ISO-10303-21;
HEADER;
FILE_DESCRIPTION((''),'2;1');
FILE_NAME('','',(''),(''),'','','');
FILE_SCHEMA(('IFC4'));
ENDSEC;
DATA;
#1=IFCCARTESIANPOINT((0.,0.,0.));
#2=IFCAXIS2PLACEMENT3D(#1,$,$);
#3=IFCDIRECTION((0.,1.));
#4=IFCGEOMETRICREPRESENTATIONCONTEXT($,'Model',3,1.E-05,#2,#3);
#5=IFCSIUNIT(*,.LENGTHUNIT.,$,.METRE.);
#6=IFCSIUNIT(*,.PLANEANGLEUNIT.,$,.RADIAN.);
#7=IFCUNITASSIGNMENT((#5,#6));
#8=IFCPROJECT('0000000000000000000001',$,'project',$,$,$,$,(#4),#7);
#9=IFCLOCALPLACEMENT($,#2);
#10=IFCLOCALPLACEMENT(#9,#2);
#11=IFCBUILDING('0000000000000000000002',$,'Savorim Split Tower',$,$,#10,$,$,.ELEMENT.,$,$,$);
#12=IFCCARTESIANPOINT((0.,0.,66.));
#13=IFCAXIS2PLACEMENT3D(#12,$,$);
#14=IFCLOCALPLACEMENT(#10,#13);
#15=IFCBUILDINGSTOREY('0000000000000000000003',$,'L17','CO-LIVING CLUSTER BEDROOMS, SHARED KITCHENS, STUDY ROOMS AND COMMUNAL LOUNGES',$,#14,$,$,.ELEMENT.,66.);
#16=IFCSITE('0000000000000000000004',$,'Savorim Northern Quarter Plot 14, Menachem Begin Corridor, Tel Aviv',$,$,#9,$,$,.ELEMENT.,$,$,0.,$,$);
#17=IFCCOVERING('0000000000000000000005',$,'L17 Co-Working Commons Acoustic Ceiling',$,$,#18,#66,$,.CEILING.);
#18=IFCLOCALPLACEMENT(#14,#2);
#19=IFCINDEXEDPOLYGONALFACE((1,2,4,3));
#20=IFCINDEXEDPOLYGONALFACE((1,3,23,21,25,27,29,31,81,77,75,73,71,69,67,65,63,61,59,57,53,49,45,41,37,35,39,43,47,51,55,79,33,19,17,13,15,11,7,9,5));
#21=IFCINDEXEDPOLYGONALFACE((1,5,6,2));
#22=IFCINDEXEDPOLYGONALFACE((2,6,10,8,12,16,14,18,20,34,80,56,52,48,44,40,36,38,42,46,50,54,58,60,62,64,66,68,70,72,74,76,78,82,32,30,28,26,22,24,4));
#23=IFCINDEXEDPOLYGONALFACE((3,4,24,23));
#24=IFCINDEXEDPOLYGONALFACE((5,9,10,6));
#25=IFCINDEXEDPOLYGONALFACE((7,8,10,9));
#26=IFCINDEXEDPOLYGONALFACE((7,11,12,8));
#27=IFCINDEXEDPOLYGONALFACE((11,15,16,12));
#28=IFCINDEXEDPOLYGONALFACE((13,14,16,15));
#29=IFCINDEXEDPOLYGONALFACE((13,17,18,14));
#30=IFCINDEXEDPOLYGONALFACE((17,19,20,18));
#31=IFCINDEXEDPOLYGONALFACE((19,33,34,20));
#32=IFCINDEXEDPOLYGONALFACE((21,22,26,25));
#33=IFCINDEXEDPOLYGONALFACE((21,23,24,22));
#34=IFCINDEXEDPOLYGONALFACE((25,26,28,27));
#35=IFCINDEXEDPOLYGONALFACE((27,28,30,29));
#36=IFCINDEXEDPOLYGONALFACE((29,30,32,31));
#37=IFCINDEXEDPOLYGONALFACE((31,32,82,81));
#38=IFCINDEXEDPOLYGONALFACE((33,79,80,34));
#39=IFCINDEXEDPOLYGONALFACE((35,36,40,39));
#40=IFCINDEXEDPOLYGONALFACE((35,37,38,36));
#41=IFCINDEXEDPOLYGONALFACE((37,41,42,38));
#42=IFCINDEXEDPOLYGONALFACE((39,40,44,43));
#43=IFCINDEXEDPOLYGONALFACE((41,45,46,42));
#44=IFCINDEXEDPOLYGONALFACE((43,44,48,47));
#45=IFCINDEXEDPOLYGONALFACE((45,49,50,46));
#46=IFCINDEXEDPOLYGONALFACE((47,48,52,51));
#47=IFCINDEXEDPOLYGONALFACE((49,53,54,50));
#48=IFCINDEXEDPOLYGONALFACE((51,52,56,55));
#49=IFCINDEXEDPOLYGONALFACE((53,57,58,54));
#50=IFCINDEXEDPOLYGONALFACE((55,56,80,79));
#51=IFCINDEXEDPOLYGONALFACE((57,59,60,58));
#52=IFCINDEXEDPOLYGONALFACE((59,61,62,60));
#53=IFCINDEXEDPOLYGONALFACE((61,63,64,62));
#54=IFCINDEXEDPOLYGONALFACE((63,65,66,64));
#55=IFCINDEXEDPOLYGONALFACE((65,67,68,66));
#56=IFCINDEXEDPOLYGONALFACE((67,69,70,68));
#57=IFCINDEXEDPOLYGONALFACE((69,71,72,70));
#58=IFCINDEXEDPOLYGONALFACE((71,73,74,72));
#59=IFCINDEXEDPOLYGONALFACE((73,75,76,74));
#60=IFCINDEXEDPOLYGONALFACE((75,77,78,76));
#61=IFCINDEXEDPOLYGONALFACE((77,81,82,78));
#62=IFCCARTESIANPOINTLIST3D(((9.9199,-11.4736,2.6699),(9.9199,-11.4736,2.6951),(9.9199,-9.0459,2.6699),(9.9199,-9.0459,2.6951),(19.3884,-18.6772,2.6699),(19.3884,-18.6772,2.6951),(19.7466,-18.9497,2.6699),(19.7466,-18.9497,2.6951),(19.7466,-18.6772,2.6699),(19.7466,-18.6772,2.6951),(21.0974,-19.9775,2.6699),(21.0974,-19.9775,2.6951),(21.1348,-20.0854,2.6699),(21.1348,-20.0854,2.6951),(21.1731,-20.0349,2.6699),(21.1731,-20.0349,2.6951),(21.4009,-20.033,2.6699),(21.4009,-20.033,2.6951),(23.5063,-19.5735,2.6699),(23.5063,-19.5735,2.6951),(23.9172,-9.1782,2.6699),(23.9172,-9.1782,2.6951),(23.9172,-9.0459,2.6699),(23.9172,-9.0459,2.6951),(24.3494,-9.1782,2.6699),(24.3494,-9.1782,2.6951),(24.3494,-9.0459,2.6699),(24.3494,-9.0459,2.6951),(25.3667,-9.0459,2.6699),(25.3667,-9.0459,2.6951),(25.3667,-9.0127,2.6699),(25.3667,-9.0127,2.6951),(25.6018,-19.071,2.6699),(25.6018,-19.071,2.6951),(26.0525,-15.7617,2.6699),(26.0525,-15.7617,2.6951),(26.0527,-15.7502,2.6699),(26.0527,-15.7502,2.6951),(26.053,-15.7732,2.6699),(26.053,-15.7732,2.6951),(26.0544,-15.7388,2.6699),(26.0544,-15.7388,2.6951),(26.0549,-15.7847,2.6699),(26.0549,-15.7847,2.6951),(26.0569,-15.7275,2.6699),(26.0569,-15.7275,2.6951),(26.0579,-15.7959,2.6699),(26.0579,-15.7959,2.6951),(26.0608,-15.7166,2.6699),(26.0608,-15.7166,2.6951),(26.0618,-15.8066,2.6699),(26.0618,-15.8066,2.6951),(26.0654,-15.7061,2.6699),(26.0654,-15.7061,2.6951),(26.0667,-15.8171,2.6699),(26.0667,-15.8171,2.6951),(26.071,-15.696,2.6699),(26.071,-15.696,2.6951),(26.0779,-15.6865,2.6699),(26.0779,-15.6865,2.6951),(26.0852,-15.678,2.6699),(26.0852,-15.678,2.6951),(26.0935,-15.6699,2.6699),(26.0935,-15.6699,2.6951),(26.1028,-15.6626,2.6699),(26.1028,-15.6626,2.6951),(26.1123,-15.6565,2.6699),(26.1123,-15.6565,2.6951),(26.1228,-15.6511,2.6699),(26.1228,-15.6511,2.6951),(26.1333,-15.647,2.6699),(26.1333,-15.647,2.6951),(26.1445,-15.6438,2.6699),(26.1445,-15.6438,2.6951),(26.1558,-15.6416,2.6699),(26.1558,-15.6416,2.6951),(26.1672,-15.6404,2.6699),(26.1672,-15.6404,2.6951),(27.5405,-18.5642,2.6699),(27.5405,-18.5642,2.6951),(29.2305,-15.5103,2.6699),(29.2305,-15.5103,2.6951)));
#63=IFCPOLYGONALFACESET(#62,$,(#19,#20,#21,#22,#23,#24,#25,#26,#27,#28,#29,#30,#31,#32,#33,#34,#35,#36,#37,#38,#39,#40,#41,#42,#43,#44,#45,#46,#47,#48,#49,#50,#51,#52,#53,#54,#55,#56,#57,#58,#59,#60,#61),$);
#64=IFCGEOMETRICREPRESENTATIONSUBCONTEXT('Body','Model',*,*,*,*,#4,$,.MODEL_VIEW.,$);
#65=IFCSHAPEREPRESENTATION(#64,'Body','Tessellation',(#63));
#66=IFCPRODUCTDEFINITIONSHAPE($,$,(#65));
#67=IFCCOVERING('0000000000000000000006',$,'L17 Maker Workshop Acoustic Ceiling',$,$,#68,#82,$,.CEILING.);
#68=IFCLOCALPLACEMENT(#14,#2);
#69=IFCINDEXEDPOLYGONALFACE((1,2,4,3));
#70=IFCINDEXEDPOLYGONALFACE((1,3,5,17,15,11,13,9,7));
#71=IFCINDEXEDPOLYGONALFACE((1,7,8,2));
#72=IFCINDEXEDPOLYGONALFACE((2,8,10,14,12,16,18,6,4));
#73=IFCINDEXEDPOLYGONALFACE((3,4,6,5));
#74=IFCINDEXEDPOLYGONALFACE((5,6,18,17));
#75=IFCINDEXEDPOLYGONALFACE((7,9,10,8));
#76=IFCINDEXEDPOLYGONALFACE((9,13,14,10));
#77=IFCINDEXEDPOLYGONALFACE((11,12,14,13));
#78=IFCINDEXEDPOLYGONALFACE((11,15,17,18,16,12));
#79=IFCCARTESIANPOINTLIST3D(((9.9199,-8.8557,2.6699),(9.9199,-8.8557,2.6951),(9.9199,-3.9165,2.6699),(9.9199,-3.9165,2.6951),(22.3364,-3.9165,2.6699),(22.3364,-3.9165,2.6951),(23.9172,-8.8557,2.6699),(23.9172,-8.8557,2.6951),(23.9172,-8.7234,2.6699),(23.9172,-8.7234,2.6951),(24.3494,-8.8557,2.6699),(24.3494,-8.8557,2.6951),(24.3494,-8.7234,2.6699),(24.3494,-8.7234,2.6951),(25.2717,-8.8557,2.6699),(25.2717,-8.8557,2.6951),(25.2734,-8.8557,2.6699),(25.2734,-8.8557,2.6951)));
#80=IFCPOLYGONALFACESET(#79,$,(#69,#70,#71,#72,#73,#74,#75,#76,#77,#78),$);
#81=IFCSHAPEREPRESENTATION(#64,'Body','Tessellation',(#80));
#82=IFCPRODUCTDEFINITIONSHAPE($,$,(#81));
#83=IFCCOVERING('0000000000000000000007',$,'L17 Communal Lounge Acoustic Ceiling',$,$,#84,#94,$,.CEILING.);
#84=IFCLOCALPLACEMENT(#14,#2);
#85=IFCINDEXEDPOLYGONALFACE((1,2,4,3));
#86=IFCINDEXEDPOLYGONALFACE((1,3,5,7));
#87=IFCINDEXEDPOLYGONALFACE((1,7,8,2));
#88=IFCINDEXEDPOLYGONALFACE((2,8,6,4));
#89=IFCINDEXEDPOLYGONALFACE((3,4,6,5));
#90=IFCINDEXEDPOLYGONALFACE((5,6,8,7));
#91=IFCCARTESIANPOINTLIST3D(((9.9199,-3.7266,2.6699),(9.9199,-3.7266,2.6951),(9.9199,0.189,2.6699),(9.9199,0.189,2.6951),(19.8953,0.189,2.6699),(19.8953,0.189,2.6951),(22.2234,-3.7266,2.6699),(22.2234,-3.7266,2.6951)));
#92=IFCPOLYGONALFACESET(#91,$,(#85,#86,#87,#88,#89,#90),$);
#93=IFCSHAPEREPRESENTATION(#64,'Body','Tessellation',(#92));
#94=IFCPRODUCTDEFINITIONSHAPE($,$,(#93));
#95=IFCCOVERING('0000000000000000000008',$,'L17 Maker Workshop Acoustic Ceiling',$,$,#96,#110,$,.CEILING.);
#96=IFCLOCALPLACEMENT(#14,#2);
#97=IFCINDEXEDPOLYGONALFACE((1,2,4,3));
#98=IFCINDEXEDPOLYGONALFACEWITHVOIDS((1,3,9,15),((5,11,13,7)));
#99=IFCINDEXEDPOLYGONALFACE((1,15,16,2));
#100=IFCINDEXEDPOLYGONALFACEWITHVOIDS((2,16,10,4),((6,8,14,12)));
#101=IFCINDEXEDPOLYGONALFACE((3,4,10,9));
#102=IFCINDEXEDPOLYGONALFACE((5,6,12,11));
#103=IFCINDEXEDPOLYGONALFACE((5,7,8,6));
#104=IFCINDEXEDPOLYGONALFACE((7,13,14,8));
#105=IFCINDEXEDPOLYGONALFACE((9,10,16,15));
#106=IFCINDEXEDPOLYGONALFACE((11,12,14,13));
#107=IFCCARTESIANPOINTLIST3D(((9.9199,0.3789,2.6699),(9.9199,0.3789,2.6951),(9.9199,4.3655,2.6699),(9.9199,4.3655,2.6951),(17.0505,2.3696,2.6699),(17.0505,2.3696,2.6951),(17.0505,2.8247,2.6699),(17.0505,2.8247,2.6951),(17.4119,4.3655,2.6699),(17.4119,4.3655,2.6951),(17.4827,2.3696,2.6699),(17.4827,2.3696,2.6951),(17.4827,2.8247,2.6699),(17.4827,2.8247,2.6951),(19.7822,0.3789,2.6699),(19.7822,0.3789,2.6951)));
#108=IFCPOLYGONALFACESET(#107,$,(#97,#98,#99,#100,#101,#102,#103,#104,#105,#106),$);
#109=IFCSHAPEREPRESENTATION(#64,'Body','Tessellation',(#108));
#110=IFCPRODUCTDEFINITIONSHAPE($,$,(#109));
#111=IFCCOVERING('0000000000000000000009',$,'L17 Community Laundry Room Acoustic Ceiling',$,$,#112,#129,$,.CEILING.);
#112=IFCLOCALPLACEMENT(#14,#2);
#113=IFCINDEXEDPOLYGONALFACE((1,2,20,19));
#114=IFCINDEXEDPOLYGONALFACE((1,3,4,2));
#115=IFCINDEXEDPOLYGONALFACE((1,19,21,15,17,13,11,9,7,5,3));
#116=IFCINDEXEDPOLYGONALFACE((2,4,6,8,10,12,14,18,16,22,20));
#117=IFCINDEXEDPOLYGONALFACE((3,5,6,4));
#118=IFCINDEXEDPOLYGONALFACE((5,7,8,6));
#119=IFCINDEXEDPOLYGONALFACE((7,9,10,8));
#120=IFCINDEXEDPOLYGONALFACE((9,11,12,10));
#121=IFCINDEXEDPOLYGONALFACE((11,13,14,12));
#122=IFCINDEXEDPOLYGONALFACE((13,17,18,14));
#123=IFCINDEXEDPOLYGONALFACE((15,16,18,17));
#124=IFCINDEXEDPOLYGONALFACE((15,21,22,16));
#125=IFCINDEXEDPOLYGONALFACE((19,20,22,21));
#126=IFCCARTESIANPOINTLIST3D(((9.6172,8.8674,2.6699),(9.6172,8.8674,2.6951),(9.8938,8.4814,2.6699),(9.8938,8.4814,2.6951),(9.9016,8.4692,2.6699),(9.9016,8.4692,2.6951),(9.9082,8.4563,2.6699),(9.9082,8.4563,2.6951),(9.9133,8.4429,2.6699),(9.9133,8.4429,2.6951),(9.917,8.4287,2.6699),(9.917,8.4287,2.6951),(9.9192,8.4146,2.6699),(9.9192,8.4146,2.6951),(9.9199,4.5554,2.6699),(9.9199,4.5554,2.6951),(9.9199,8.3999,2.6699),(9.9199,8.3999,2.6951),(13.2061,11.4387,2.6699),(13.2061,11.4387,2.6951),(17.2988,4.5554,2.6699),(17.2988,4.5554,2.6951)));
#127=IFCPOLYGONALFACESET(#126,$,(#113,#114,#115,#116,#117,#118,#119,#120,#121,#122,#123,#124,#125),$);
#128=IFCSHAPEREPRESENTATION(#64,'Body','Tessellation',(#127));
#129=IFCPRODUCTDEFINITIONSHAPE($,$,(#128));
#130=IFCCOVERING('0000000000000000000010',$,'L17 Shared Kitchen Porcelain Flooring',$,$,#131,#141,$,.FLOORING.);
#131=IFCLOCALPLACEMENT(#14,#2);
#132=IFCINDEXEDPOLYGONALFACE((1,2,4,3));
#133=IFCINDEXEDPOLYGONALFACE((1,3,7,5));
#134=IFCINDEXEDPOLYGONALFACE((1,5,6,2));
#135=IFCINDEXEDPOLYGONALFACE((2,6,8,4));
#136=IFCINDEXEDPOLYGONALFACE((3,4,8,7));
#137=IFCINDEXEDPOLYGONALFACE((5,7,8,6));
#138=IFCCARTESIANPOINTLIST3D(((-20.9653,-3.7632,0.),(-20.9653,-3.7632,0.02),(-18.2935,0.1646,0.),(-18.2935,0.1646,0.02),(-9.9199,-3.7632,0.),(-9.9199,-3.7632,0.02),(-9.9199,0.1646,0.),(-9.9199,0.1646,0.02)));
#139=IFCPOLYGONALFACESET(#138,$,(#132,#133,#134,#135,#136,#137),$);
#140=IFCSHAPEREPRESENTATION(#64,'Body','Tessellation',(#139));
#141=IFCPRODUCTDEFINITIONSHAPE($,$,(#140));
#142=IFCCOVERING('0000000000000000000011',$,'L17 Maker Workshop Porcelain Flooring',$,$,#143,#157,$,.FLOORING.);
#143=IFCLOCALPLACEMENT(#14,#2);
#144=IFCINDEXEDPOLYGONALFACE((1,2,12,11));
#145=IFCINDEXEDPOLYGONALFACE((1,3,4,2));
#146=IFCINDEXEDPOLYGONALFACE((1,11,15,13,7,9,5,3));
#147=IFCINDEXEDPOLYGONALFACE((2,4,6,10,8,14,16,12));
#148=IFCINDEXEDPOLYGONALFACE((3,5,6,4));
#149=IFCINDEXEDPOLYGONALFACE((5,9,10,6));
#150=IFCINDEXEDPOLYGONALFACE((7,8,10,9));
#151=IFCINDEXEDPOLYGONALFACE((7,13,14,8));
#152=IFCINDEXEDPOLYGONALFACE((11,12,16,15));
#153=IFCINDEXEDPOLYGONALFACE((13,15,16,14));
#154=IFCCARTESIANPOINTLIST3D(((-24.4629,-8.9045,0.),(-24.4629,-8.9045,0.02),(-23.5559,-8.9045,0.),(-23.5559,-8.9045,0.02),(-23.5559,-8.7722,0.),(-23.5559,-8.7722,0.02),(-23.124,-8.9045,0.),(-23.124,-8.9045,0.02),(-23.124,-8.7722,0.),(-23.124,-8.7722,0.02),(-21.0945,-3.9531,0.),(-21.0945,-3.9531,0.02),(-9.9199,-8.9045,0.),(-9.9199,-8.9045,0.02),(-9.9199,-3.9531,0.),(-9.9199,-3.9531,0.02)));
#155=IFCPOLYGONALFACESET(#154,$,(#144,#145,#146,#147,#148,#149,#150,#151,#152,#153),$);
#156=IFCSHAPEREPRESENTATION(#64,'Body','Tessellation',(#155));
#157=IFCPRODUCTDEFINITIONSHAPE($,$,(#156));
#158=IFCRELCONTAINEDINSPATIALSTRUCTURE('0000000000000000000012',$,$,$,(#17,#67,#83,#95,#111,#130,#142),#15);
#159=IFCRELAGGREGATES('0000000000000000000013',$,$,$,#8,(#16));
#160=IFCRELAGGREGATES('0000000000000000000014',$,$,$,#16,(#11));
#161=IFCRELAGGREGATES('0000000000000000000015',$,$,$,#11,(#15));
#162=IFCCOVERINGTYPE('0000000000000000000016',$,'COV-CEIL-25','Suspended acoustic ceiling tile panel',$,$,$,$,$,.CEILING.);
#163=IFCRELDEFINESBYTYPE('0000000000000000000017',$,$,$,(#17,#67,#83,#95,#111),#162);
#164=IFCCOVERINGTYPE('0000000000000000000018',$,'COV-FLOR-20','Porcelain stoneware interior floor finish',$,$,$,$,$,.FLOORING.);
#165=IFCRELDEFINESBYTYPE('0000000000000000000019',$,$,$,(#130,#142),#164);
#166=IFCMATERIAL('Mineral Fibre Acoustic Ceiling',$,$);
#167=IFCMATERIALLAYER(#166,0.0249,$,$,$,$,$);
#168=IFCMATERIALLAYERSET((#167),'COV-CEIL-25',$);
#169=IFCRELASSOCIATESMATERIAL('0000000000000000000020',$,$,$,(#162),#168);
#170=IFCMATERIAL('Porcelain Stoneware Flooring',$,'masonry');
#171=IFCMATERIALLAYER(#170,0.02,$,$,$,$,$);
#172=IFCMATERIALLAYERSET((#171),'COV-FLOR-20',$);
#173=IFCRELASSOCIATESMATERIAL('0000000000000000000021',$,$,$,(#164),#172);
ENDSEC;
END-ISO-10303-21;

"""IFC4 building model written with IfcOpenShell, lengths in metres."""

from ifc_helpers import new_model, si_unit, direction, frame, origin, place, context, subcontext, project, spatial, polyline, outline, extrude, material, layer, layer_set, type_object, element, save


model = new_model("IFC4")

# Units and contexts
model_context = context("Model", 3, precision=1e-05, world=origin(), true_north=direction((0.0, 1.0)))
body_context = subcontext(model_context, "Body", "Model", "MODEL_VIEW")
ifc_project = project(units=[si_unit("LENGTHUNIT", "METRE"), si_unit("PLANEANGLEUNIT", "RADIAN")], contexts=[model_context])

# Site, building, storey
site_placement = place(None, origin())
site = spatial("IfcSite", under=ifc_project, at=site_placement, Name="Savorim Northern Quarter Plot 14, Menachem Begin Corridor, Tel Aviv", CompositionType="ELEMENT", RefElevation=0.0)
building_placement = place(site_placement, origin())
building = spatial("IfcBuilding", under=site, at=building_placement, Name="Savorim Split Tower", CompositionType="ELEMENT")
storey_placement = place(building_placement, frame((0.0, 0.0, 66.0)))
storey = spatial("IfcBuildingStorey", under=building, at=storey_placement, Name="L17", Description="CO-LIVING CLUSTER BEDROOMS, SHARED KITCHENS, STUDY ROOMS AND COMMUNAL LOUNGES", CompositionType="ELEMENT", Elevation=66.0)

# Coverings
ifc_material_1 = material(Name="Mineral Fibre Acoustic Ceiling")
ifc_layer_1 = layer(ifc_material_1, 0.0249)
ifc_layer_set_1 = layer_set([ifc_layer_1], Name="COV-CEIL-25")
covering_type_1 = type_object("IfcCoveringType", Name="COV-CEIL-25", Description="Suspended acoustic ceiling tile panel", PredefinedType="CEILING", material=ifc_layer_set_1)
covering_1_placement = place(storey_placement, frame((0.0, 0.0, 2.6699)))
element("IfcCovering", 1, at=covering_1_placement, inside=storey, type_object=covering_type_1, Name="L17 Co-Working Commons Acoustic Ceiling", PredefinedType="CEILING", context=body_context, shape_type="SweptSolid", body=[
    extrude(outline(polyline([(26.1445, -15.6438), (26.1558, -15.6416), (26.1672, -15.6404), (29.2305, -15.5103), (25.3667, -9.0127), (25.3667, -9.0459), (24.3494, -9.0459), (24.3494, -9.1782), (23.9172, -9.1782), (23.9172, -9.0459), (9.9199, -9.0459), (9.9199, -11.4736), (19.3884, -18.6772), (19.7466, -18.6772), (19.7466, -18.9497), (21.0974, -19.9775), (21.1731, -20.0349), (21.1348, -20.0854), (21.4009, -20.033), (23.5063, -19.5735), (25.6018, -19.071), (27.5405, -18.5642), (26.0667, -15.8171), (26.0618, -15.8066), (26.0579, -15.7959), (26.0549, -15.7847), (26.053, -15.7732), (26.0525, -15.7617), (26.0527, -15.7502), (26.0544, -15.7388), (26.0569, -15.7275), (26.0608, -15.7166), (26.0654, -15.7061), (26.071, -15.696), (26.0779, -15.6865), (26.0852, -15.678), (26.0935, -15.6699), (26.1028, -15.6626), (26.1123, -15.6565), (26.1228, -15.6511), (26.1333, -15.647), (26.1445, -15.6438)])), origin(), (0.0, 0.0, 1.0), 0.0251),
])
covering_2_placement = place(storey_placement, frame((0.0, 0.0, 2.6699)))
element("IfcCovering", 2, at=covering_2_placement, inside=storey, type_object=covering_type_1, Name="L17 Maker Workshop Acoustic Ceiling", PredefinedType="CEILING", context=body_context, shape_type="SweptSolid", body=[
    extrude(outline(polyline([(24.3494, -8.7234), (24.3494, -8.8557), (25.2717, -8.8557), (25.2734, -8.8557), (22.3364, -3.9165), (9.9199, -3.9165), (9.9199, -8.8557), (23.9172, -8.8557), (23.9172, -8.7234), (24.3494, -8.7234)])), origin(), (0.0, 0.0, 1.0), 0.0251),
])
covering_3_placement = place(storey_placement, frame((0.0, 0.0, 2.6699)))
element("IfcCovering", 3, at=covering_3_placement, inside=storey, type_object=covering_type_1, Name="L17 Communal Lounge Acoustic Ceiling", PredefinedType="CEILING", context=body_context, shape_type="SweptSolid", body=[
    extrude(outline(polyline([(22.2234, -3.7266), (19.8953, 0.189), (9.9199, 0.189), (9.9199, -3.7266), (22.2234, -3.7266)])), origin(), (0.0, 0.0, 1.0), 0.0251),
])
covering_4_placement = place(storey_placement, frame((0.0, 0.0, 2.6699)))
element("IfcCovering", 4, at=covering_4_placement, inside=storey, type_object=covering_type_1, Name="L17 Maker Workshop Acoustic Ceiling", PredefinedType="CEILING", context=body_context, shape_type="SweptSolid", body=[
    extrude(outline(polyline([(19.7822, 0.3789), (17.4119, 4.3655), (9.9199, 4.3655), (9.9199, 0.3789), (19.7822, 0.3789)]), holes=[polyline([(17.4827, 2.3696), (17.4827, 2.8247), (17.0505, 2.8247), (17.0505, 2.3696), (17.4827, 2.3696)])]), origin(), (0.0, 0.0, 1.0), 0.0251),
])
covering_5_placement = place(storey_placement, frame((0.0, 0.0, 2.6699)))
element("IfcCovering", 5, at=covering_5_placement, inside=storey, type_object=covering_type_1, Name="L17 Community Laundry Room Acoustic Ceiling", PredefinedType="CEILING", context=body_context, shape_type="SweptSolid", body=[
    extrude(outline(polyline([(9.917, 8.4287), (9.9192, 8.4146), (9.9199, 8.3999), (9.9199, 4.5554), (17.2988, 4.5554), (13.2061, 11.4387), (9.6172, 8.8674), (9.8938, 8.4814), (9.9016, 8.4692), (9.9082, 8.4563), (9.9133, 8.4429), (9.917, 8.4287)])), origin(), (0.0, 0.0, 1.0), 0.0251),
])
ifc_material_2 = material(Name="Porcelain Stoneware Flooring", Category="masonry")
ifc_layer_2 = layer(ifc_material_2, 0.02)
ifc_layer_set_2 = layer_set([ifc_layer_2], Name="COV-FLOR-20")
covering_type_2 = type_object("IfcCoveringType", Name="COV-FLOR-20", Description="Porcelain stoneware interior floor finish", PredefinedType="FLOORING", material=ifc_layer_set_2)
covering_6_placement = place(storey_placement, origin())
element("IfcCovering", 6, at=covering_6_placement, inside=storey, type_object=covering_type_2, Name="L17 Shared Kitchen Porcelain Flooring", PredefinedType="FLOORING", context=body_context, shape_type="SweptSolid", body=[
    extrude(outline(polyline([(-18.2935, 0.1646), (-20.9653, -3.7632), (-9.9199, -3.7632), (-9.9199, 0.1646), (-18.2935, 0.1646)])), origin(), (0.0, 0.0, 1.0), 0.02),
])
covering_7_placement = place(storey_placement, origin())
element("IfcCovering", 7, at=covering_7_placement, inside=storey, type_object=covering_type_2, Name="L17 Maker Workshop Porcelain Flooring", PredefinedType="FLOORING", context=body_context, shape_type="SweptSolid", body=[
    extrude(outline(polyline([(-23.124, -8.7722), (-23.124, -8.9045), (-9.9199, -8.9045), (-9.9199, -3.9531), (-21.0945, -3.9531), (-24.4629, -8.9045), (-23.5559, -8.9045), (-23.5559, -8.7722), (-23.124, -8.7722)])), origin(), (0.0, 0.0, 1.0), 0.02),
])

save(model, "model.ifc")
